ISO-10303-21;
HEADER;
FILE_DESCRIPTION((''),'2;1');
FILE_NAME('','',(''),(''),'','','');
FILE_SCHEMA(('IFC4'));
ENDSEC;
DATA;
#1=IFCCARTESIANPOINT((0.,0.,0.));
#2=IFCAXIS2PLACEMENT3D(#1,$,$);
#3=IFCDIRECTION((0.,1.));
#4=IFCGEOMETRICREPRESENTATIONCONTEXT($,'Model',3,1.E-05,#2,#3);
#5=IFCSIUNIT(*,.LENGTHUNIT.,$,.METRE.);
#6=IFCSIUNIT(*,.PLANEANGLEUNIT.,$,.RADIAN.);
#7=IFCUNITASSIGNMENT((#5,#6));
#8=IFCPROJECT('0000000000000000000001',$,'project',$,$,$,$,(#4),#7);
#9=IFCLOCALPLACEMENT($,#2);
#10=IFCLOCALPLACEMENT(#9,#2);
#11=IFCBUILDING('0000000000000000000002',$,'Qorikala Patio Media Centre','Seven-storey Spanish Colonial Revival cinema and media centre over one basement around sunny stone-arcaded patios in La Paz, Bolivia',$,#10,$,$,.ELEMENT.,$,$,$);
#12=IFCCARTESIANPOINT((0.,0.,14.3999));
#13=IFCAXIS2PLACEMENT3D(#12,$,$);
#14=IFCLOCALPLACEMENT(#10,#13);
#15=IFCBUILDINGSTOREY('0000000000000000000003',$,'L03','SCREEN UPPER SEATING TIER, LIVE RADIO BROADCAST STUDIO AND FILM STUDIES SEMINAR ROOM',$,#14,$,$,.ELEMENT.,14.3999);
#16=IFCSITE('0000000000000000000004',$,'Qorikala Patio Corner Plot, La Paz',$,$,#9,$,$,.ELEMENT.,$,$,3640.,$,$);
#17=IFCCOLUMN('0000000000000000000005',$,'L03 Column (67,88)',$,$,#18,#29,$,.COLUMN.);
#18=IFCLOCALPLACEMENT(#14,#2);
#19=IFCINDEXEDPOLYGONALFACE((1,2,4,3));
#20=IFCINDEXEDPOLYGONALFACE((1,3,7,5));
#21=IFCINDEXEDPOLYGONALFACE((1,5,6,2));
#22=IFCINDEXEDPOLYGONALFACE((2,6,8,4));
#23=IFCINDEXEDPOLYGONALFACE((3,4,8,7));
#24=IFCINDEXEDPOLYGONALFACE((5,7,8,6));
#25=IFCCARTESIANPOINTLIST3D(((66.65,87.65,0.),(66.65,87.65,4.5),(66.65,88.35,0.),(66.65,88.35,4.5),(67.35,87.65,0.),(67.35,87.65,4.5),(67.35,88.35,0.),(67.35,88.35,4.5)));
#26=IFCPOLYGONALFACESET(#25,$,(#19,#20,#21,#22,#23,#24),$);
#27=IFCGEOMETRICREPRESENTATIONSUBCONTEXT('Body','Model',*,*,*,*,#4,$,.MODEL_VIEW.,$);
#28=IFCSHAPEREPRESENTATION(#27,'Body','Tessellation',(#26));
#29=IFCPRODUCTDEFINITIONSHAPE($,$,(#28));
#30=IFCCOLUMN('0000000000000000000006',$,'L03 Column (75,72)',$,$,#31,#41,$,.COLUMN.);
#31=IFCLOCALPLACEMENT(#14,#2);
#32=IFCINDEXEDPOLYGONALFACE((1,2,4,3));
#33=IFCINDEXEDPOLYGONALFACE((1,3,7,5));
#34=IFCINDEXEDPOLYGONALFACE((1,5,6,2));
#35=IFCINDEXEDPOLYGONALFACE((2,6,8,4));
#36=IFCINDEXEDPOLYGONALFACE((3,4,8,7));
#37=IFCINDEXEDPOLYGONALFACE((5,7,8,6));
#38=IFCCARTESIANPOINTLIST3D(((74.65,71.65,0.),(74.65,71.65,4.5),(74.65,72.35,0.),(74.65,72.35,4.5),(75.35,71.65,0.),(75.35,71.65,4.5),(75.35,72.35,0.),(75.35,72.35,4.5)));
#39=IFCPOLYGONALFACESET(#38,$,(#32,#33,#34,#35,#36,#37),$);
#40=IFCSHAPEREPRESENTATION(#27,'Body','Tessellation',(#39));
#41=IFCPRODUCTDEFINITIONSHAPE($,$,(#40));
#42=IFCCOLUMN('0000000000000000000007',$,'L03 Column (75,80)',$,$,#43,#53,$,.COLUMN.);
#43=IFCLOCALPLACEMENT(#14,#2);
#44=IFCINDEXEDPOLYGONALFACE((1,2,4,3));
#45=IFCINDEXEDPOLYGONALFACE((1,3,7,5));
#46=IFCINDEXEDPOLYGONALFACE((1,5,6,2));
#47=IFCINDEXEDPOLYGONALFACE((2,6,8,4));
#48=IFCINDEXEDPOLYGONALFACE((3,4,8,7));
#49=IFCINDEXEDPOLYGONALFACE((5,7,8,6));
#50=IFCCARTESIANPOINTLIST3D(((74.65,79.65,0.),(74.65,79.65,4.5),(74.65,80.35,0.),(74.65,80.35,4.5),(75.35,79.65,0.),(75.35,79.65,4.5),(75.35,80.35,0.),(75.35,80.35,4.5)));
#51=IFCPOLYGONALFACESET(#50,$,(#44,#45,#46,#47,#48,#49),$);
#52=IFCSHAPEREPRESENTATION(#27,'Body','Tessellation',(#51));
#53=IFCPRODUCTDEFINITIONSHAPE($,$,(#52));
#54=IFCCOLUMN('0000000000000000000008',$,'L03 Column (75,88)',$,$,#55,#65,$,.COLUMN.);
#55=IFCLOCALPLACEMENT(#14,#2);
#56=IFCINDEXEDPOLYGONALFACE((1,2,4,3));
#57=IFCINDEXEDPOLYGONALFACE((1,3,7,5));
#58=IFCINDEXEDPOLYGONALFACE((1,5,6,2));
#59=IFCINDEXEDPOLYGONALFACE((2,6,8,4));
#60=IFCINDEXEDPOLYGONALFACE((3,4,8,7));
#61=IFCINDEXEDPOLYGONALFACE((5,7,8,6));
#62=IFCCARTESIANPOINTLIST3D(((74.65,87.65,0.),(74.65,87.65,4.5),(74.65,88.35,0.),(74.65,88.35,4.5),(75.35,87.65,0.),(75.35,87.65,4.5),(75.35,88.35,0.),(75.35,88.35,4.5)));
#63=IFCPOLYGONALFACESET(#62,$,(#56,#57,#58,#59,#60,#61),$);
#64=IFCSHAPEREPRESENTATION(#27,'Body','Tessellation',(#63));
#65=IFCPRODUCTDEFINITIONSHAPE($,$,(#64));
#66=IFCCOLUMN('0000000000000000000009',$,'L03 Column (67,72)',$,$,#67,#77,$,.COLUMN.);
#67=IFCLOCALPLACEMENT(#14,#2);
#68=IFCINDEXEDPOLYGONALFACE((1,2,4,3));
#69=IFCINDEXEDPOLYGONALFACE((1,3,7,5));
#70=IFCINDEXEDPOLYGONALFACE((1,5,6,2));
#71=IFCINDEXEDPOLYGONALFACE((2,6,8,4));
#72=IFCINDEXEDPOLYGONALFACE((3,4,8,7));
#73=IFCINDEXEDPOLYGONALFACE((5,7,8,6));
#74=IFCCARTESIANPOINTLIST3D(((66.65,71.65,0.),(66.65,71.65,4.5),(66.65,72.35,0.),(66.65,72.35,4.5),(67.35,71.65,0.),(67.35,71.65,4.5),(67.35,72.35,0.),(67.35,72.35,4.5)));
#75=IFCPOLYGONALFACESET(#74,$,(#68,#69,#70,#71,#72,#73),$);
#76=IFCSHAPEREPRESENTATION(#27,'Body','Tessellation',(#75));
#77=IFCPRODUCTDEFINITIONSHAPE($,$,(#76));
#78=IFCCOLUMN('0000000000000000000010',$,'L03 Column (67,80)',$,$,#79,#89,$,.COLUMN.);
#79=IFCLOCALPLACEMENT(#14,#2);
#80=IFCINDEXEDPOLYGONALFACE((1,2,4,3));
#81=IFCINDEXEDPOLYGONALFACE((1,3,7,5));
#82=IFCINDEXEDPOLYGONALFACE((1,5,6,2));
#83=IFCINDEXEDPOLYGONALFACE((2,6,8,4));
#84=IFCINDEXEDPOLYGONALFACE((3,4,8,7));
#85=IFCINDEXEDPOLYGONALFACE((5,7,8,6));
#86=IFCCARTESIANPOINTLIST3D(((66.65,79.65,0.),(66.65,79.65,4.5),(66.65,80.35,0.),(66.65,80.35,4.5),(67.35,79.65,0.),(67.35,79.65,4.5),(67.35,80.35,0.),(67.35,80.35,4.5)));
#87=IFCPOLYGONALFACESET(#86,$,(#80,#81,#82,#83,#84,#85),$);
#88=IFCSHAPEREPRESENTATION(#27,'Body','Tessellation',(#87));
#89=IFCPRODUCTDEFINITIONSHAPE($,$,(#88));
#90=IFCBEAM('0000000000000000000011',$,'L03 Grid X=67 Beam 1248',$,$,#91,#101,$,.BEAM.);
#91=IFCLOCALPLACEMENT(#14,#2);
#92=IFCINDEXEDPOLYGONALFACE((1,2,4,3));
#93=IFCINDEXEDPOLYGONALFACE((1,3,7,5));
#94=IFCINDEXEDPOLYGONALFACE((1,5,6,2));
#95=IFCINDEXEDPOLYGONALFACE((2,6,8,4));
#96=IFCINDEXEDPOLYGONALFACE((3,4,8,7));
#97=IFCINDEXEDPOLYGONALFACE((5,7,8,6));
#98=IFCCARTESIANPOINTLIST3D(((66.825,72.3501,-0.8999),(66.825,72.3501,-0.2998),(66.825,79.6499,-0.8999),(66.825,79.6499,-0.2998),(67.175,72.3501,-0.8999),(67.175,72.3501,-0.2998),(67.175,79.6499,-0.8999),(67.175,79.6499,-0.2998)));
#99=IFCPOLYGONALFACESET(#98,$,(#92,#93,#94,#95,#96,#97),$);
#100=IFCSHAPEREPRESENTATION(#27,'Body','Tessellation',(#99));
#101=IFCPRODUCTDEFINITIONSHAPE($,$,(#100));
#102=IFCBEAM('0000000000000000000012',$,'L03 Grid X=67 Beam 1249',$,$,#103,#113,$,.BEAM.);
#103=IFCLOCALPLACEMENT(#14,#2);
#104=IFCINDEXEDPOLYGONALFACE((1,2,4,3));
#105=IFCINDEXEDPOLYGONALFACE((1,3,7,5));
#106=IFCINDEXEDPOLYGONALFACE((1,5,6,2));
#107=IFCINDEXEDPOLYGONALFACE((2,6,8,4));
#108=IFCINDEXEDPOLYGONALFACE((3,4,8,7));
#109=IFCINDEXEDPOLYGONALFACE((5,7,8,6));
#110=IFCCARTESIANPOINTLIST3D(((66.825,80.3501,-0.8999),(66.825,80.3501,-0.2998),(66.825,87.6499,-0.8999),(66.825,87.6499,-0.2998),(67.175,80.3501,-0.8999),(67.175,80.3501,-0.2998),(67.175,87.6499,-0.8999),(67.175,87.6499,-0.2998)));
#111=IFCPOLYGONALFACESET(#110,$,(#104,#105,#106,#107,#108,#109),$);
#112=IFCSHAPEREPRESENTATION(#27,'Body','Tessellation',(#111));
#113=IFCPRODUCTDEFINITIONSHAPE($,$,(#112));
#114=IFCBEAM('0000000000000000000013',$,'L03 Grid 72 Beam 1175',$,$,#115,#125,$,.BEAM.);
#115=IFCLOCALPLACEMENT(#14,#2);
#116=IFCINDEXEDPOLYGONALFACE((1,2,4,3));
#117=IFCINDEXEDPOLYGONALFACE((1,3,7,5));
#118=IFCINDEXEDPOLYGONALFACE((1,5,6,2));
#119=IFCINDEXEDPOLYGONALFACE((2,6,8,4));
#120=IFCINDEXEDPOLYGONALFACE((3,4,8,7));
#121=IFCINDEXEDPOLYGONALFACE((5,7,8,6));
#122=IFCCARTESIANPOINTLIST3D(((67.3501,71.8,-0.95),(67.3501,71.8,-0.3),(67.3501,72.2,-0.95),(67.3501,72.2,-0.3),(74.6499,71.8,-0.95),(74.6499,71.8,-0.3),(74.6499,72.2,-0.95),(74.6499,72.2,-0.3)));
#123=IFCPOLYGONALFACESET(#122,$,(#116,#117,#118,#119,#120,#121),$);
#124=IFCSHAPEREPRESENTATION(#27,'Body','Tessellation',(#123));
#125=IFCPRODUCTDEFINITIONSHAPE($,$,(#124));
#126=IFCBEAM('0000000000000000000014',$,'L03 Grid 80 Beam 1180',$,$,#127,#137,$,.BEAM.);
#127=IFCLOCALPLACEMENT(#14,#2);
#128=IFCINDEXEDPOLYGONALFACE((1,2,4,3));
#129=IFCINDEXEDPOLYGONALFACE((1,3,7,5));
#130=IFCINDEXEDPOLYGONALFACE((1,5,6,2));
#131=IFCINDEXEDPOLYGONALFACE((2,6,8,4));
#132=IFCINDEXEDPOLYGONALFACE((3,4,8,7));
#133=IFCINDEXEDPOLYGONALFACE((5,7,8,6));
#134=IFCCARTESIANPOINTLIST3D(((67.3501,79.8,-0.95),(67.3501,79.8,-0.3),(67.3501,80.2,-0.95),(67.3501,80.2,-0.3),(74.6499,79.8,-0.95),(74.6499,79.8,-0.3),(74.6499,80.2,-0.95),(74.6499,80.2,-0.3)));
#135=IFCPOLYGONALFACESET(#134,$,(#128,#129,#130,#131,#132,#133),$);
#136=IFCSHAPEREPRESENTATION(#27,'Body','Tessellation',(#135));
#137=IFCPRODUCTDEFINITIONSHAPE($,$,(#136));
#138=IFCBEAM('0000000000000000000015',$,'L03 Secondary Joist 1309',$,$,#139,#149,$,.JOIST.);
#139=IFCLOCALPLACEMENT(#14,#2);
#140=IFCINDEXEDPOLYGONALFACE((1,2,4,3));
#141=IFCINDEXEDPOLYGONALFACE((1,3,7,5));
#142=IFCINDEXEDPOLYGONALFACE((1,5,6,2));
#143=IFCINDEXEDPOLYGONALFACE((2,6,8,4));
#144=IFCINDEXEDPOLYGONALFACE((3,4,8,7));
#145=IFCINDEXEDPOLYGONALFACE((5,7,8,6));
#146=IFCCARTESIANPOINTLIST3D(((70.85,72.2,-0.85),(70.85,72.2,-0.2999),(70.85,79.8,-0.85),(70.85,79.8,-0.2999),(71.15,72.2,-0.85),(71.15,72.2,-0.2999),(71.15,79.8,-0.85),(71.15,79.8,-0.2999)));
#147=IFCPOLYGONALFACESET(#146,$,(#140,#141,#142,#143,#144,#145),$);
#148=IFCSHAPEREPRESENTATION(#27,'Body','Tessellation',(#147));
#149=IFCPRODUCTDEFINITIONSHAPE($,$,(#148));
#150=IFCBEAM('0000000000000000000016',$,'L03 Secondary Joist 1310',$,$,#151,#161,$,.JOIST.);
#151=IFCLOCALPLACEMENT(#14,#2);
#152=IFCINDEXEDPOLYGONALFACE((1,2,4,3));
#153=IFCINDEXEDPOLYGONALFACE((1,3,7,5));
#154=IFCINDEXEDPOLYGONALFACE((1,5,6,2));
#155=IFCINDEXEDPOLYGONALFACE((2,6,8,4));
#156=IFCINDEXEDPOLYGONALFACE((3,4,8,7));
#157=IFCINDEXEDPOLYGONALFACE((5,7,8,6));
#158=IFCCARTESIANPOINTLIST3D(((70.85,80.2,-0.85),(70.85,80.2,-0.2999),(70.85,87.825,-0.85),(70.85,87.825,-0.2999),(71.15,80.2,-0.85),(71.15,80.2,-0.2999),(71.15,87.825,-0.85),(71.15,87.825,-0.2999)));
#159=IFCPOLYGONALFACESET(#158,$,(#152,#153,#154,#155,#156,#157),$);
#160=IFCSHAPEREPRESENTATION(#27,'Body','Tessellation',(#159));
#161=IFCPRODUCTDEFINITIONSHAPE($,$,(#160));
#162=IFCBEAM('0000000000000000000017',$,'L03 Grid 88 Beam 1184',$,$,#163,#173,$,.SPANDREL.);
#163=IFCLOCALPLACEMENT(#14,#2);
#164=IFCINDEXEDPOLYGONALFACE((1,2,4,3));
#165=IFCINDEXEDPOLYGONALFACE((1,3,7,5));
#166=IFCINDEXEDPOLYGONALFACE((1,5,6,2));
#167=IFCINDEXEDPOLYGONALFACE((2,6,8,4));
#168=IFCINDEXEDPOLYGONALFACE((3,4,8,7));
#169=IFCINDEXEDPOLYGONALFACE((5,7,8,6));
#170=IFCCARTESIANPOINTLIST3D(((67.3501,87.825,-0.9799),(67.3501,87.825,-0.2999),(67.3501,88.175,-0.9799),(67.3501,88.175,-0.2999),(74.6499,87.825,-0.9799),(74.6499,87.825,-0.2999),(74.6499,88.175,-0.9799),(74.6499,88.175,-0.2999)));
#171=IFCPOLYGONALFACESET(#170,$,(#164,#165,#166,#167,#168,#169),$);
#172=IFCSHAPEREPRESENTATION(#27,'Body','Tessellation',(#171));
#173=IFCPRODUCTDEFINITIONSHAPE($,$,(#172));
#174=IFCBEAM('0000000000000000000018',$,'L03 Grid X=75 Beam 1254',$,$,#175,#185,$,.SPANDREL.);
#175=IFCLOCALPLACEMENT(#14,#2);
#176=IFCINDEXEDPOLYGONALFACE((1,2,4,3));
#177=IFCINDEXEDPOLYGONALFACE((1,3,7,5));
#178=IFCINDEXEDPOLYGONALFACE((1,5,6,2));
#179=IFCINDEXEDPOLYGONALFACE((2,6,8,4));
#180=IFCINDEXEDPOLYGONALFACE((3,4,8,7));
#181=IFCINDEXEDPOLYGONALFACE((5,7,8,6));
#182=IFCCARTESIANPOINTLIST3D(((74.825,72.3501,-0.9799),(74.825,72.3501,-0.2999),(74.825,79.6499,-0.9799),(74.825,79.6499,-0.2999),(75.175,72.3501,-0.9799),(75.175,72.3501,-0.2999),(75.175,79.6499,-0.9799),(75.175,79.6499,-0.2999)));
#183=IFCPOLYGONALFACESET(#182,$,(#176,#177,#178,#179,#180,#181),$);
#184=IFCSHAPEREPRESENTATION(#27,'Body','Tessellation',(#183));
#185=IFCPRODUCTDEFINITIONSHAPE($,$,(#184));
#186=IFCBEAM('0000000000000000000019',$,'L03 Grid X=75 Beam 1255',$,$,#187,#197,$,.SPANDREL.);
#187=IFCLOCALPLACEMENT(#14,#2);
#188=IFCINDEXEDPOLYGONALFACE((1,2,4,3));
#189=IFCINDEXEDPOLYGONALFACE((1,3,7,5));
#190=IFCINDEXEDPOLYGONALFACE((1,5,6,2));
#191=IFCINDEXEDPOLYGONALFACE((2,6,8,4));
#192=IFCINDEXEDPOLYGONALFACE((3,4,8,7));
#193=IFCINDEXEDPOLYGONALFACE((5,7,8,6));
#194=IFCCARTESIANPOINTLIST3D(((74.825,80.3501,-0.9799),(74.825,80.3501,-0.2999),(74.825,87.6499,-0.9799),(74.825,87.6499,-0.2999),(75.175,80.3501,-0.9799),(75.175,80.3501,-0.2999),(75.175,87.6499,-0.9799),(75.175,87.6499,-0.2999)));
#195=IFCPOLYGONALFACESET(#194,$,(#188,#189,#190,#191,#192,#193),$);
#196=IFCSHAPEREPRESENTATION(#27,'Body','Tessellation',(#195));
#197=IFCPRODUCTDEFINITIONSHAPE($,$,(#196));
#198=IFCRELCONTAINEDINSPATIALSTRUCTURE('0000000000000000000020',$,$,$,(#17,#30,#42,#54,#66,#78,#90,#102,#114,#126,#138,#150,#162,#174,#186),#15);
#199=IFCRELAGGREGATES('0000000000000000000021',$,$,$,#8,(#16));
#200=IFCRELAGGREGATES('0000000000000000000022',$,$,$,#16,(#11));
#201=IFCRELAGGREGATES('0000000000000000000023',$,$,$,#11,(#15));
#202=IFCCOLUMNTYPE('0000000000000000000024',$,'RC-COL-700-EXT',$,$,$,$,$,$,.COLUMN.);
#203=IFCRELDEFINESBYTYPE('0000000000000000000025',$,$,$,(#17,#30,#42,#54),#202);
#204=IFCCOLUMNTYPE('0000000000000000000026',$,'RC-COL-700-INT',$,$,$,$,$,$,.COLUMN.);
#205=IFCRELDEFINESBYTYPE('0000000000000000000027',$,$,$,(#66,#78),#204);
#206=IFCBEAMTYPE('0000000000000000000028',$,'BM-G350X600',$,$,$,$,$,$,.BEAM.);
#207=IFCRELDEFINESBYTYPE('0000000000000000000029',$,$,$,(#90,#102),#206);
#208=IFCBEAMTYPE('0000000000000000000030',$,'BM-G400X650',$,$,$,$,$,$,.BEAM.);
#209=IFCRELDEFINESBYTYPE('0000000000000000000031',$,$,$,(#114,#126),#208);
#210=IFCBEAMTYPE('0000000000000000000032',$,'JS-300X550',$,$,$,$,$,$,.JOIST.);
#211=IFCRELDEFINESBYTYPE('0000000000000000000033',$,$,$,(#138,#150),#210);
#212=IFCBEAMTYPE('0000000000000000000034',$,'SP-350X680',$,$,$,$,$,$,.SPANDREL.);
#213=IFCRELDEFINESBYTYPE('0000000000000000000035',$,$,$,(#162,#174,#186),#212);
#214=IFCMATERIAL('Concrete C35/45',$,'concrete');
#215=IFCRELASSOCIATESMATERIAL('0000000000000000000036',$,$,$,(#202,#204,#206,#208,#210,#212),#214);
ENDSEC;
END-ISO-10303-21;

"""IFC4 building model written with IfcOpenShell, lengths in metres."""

from ifc_helpers import new_model, si_unit, direction, frame, origin, origin_2d, place, context, subcontext, project, spatial, rectangle, extrude, material, material_profile, profile_set, type_object, element, save


model = new_model("IFC4")

# Units and contexts
model_context = context("Model", 3, precision=1e-05, world=origin(), true_north=direction((0.0, 1.0)))
body_context = subcontext(model_context, "Body", "Model", "MODEL_VIEW")
ifc_project = project(units=[si_unit("LENGTHUNIT", "METRE"), si_unit("PLANEANGLEUNIT", "RADIAN")], contexts=[model_context])

# Site, building, storey
site_placement = place(None, origin())
site = spatial("IfcSite", under=ifc_project, at=site_placement, Name="Qorikala Patio Corner Plot, La Paz", CompositionType="ELEMENT", RefElevation=3640.0)
building_placement = place(site_placement, origin())
building = spatial("IfcBuilding", under=site, at=building_placement, Name="Qorikala Patio Media Centre", Description="Seven-storey Spanish Colonial Revival cinema and media centre over one basement around sunny stone-arcaded patios in La Paz, Bolivia", CompositionType="ELEMENT")
storey_placement = place(building_placement, frame((0.0, 0.0, 14.3999)))
storey = spatial("IfcBuildingStorey", under=building, at=storey_placement, Name="L03", Description="SCREEN UPPER SEATING TIER, LIVE RADIO BROADCAST STUDIO AND FILM STUDIES SEMINAR ROOM", CompositionType="ELEMENT", Elevation=14.3999)

# Columns
ifc_material_1 = material(Name="Concrete C35/45", Category="concrete")
ifc_material_profile_1 = material_profile(ifc_material_1, rectangle(XDim=0.7, YDim=0.7, at=origin_2d()), Name="RC 700x700")
ifc_profile_set_1 = profile_set([ifc_material_profile_1], Name="Concrete C35/45")
column_type_1 = type_object("IfcColumnType", Name="RC-COL-700-EXT", PredefinedType="COLUMN", material=ifc_profile_set_1)
for number, where, z_axis, x_axis, name in (
    (1, (67.0, 88.0, 0.0), (0.0, 0.0, 1.0), (1.0, 0.0, 0.0), "L03 Column (67,88)"),
    (2, (75.0, 72.0, 0.0), (0.0, 0.0, 1.0), (1.0, 0.0, 0.0), "L03 Column (75,72)"),
    (3, (75.0, 80.0, 0.0), (0.0, 0.0, 1.0), (1.0, 0.0, 0.0), "L03 Column (75,80)"),
    (4, (75.0, 88.0, 0.0), (0.0, 0.0, 1.0), (1.0, 0.0, 0.0), "L03 Column (75,88)"),
):
    element("IfcColumn", number, at=place(storey_placement, frame(where, z_axis=z_axis, x_axis=x_axis)), inside=storey, type_object=column_type_1, Name=name, PredefinedType="COLUMN", context=body_context, shape_type="SweptSolid", body=[
        extrude(rectangle(XDim=0.7, YDim=0.7, at=origin_2d()), origin(), (0.0, 0.0, 1.0), 4.5),
    ])
ifc_material_profile_2 = material_profile(ifc_material_1, rectangle(XDim=0.7, YDim=0.7, at=origin_2d()), Name="RC 700x700")
ifc_profile_set_2 = profile_set([ifc_material_profile_2], Name="Concrete C35/45")
column_type_2 = type_object("IfcColumnType", Name="RC-COL-700-INT", PredefinedType="COLUMN", material=ifc_profile_set_2)
for number, where, z_axis, x_axis, name in (
    (5, (67.0, 72.0, 0.0), (0.0, 0.0, 1.0), (1.0, 0.0, 0.0), "L03 Column (67,72)"),
    (6, (67.0, 80.0, 0.0), (0.0, 0.0, 1.0), (1.0, 0.0, 0.0), "L03 Column (67,80)"),
):
    element("IfcColumn", number, at=place(storey_placement, frame(where, z_axis=z_axis, x_axis=x_axis)), inside=storey, type_object=column_type_2, Name=name, PredefinedType="COLUMN", context=body_context, shape_type="SweptSolid", body=[
        extrude(rectangle(XDim=0.7, YDim=0.7, at=origin_2d()), origin(), (0.0, 0.0, 1.0), 4.5),
    ])

# Beams
ifc_material_profile_3 = material_profile(ifc_material_1, rectangle(XDim=0.3501, YDim=0.6001, at=origin_2d()), Name="RC 350x600")
ifc_profile_set_3 = profile_set([ifc_material_profile_3], Name="Concrete C35/45")
beam_type_1 = type_object("IfcBeamType", Name="BM-G350X600", PredefinedType="BEAM", material=ifc_profile_set_3)
for number, where, z_axis, x_axis, name in (
    (7, (67.0, 72.3501, -0.5999), (0.0, 1.0, 0.0), (-1.0, 0.0, 0.0), "L03 Grid X=67 Beam 1248"),
    (8, (67.0, 80.3501, -0.5999), (0.0, 1.0, 0.0), (-1.0, 0.0, 0.0), "L03 Grid X=67 Beam 1249"),
):
    element("IfcBeam", number, at=place(storey_placement, frame(where, z_axis=z_axis, x_axis=x_axis)), inside=storey, type_object=beam_type_1, Name=name, PredefinedType="BEAM", context=body_context, shape_type="SweptSolid", body=[
        extrude(rectangle(XDim=0.3501, YDim=0.6001, at=origin_2d()), origin(), (0.0, 0.0, 1.0), 7.2998),
    ])
ifc_material_profile_4 = material_profile(ifc_material_1, rectangle(XDim=0.3999, YDim=0.6499, at=origin_2d()), Name="RC 400x650")
ifc_profile_set_4 = profile_set([ifc_material_profile_4], Name="Concrete C35/45")
beam_type_2 = type_object("IfcBeamType", Name="BM-G400X650", PredefinedType="BEAM", material=ifc_profile_set_4)
for number, where, z_axis, x_axis, name in (
    (9, (67.3501, 72.0, -0.625), (1.0, 0.0, 0.0), (0.0, 1.0, 0.0), "L03 Grid 72 Beam 1175"),
    (10, (67.3501, 80.0, -0.625), (1.0, 0.0, 0.0), (0.0, 1.0, 0.0), "L03 Grid 80 Beam 1180"),
):
    element("IfcBeam", number, at=place(storey_placement, frame(where, z_axis=z_axis, x_axis=x_axis)), inside=storey, type_object=beam_type_2, Name=name, PredefinedType="BEAM", context=body_context, shape_type="SweptSolid", body=[
        extrude(rectangle(XDim=0.3999, YDim=0.6499, at=origin_2d()), origin(), (0.0, 0.0, 1.0), 7.2998),
    ])
ifc_material_profile_5 = material_profile(ifc_material_1, rectangle(XDim=0.3, YDim=0.55, at=origin_2d()), Name="RC 300x550")
ifc_profile_set_5 = profile_set([ifc_material_profile_5], Name="Concrete C35/45")
beam_type_3 = type_object("IfcBeamType", Name="JS-300X550", PredefinedType="JOIST", material=ifc_profile_set_5)
beam_1_placement = place(storey_placement, frame((71.0, 72.2, -0.575), z_axis=(0.0, 1.0, 0.0), x_axis=(-1.0, 0.0, 0.0)))
element("IfcBeam", 11, at=beam_1_placement, inside=storey, type_object=beam_type_3, Name="L03 Secondary Joist 1309", PredefinedType="JOIST", context=body_context, shape_type="SweptSolid", body=[
    extrude(rectangle(XDim=0.3, YDim=0.55, at=origin_2d()), origin(), (0.0, 0.0, 1.0), 7.6001),
])
beam_2_placement = place(storey_placement, frame((71.0, 80.2, -0.575), z_axis=(0.0, 1.0, 0.0), x_axis=(-1.0, 0.0, 0.0)))
element("IfcBeam", 12, at=beam_2_placement, inside=storey, type_object=beam_type_3, Name="L03 Secondary Joist 1310", PredefinedType="JOIST", context=body_context, shape_type="SweptSolid", body=[
    extrude(rectangle(XDim=0.3, YDim=0.55, at=origin_2d()), origin(), (0.0, 0.0, 1.0), 7.625),
])
ifc_material_profile_6 = material_profile(ifc_material_1, rectangle(XDim=0.3501, YDim=0.6799, at=origin_2d()), Name="RC 350x680")
ifc_profile_set_6 = profile_set([ifc_material_profile_6], Name="Concrete C35/45")
beam_type_4 = type_object("IfcBeamType", Name="SP-350X680", PredefinedType="SPANDREL", material=ifc_profile_set_6)
for number, where, z_axis, x_axis, name in (
    (13, (67.3501, 88.0, -0.6399), (1.0, 0.0, 0.0), (0.0, 1.0, 0.0), "L03 Grid 88 Beam 1184"),
    (14, (75.0, 72.3501, -0.6399), (0.0, 1.0, 0.0), (-1.0, 0.0, 0.0), "L03 Grid X=75 Beam 1254"),
    (15, (75.0, 80.3501, -0.6399), (0.0, 1.0, 0.0), (-1.0, 0.0, 0.0), "L03 Grid X=75 Beam 1255"),
):
    element("IfcBeam", number, at=place(storey_placement, frame(where, z_axis=z_axis, x_axis=x_axis)), inside=storey, type_object=beam_type_4, Name=name, PredefinedType="SPANDREL", context=body_context, shape_type="SweptSolid", body=[
        extrude(rectangle(XDim=0.3501, YDim=0.6799, at=origin_2d()), origin(), (0.0, 0.0, 1.0), 7.2998),
    ])

save(model, "model.ifc")
